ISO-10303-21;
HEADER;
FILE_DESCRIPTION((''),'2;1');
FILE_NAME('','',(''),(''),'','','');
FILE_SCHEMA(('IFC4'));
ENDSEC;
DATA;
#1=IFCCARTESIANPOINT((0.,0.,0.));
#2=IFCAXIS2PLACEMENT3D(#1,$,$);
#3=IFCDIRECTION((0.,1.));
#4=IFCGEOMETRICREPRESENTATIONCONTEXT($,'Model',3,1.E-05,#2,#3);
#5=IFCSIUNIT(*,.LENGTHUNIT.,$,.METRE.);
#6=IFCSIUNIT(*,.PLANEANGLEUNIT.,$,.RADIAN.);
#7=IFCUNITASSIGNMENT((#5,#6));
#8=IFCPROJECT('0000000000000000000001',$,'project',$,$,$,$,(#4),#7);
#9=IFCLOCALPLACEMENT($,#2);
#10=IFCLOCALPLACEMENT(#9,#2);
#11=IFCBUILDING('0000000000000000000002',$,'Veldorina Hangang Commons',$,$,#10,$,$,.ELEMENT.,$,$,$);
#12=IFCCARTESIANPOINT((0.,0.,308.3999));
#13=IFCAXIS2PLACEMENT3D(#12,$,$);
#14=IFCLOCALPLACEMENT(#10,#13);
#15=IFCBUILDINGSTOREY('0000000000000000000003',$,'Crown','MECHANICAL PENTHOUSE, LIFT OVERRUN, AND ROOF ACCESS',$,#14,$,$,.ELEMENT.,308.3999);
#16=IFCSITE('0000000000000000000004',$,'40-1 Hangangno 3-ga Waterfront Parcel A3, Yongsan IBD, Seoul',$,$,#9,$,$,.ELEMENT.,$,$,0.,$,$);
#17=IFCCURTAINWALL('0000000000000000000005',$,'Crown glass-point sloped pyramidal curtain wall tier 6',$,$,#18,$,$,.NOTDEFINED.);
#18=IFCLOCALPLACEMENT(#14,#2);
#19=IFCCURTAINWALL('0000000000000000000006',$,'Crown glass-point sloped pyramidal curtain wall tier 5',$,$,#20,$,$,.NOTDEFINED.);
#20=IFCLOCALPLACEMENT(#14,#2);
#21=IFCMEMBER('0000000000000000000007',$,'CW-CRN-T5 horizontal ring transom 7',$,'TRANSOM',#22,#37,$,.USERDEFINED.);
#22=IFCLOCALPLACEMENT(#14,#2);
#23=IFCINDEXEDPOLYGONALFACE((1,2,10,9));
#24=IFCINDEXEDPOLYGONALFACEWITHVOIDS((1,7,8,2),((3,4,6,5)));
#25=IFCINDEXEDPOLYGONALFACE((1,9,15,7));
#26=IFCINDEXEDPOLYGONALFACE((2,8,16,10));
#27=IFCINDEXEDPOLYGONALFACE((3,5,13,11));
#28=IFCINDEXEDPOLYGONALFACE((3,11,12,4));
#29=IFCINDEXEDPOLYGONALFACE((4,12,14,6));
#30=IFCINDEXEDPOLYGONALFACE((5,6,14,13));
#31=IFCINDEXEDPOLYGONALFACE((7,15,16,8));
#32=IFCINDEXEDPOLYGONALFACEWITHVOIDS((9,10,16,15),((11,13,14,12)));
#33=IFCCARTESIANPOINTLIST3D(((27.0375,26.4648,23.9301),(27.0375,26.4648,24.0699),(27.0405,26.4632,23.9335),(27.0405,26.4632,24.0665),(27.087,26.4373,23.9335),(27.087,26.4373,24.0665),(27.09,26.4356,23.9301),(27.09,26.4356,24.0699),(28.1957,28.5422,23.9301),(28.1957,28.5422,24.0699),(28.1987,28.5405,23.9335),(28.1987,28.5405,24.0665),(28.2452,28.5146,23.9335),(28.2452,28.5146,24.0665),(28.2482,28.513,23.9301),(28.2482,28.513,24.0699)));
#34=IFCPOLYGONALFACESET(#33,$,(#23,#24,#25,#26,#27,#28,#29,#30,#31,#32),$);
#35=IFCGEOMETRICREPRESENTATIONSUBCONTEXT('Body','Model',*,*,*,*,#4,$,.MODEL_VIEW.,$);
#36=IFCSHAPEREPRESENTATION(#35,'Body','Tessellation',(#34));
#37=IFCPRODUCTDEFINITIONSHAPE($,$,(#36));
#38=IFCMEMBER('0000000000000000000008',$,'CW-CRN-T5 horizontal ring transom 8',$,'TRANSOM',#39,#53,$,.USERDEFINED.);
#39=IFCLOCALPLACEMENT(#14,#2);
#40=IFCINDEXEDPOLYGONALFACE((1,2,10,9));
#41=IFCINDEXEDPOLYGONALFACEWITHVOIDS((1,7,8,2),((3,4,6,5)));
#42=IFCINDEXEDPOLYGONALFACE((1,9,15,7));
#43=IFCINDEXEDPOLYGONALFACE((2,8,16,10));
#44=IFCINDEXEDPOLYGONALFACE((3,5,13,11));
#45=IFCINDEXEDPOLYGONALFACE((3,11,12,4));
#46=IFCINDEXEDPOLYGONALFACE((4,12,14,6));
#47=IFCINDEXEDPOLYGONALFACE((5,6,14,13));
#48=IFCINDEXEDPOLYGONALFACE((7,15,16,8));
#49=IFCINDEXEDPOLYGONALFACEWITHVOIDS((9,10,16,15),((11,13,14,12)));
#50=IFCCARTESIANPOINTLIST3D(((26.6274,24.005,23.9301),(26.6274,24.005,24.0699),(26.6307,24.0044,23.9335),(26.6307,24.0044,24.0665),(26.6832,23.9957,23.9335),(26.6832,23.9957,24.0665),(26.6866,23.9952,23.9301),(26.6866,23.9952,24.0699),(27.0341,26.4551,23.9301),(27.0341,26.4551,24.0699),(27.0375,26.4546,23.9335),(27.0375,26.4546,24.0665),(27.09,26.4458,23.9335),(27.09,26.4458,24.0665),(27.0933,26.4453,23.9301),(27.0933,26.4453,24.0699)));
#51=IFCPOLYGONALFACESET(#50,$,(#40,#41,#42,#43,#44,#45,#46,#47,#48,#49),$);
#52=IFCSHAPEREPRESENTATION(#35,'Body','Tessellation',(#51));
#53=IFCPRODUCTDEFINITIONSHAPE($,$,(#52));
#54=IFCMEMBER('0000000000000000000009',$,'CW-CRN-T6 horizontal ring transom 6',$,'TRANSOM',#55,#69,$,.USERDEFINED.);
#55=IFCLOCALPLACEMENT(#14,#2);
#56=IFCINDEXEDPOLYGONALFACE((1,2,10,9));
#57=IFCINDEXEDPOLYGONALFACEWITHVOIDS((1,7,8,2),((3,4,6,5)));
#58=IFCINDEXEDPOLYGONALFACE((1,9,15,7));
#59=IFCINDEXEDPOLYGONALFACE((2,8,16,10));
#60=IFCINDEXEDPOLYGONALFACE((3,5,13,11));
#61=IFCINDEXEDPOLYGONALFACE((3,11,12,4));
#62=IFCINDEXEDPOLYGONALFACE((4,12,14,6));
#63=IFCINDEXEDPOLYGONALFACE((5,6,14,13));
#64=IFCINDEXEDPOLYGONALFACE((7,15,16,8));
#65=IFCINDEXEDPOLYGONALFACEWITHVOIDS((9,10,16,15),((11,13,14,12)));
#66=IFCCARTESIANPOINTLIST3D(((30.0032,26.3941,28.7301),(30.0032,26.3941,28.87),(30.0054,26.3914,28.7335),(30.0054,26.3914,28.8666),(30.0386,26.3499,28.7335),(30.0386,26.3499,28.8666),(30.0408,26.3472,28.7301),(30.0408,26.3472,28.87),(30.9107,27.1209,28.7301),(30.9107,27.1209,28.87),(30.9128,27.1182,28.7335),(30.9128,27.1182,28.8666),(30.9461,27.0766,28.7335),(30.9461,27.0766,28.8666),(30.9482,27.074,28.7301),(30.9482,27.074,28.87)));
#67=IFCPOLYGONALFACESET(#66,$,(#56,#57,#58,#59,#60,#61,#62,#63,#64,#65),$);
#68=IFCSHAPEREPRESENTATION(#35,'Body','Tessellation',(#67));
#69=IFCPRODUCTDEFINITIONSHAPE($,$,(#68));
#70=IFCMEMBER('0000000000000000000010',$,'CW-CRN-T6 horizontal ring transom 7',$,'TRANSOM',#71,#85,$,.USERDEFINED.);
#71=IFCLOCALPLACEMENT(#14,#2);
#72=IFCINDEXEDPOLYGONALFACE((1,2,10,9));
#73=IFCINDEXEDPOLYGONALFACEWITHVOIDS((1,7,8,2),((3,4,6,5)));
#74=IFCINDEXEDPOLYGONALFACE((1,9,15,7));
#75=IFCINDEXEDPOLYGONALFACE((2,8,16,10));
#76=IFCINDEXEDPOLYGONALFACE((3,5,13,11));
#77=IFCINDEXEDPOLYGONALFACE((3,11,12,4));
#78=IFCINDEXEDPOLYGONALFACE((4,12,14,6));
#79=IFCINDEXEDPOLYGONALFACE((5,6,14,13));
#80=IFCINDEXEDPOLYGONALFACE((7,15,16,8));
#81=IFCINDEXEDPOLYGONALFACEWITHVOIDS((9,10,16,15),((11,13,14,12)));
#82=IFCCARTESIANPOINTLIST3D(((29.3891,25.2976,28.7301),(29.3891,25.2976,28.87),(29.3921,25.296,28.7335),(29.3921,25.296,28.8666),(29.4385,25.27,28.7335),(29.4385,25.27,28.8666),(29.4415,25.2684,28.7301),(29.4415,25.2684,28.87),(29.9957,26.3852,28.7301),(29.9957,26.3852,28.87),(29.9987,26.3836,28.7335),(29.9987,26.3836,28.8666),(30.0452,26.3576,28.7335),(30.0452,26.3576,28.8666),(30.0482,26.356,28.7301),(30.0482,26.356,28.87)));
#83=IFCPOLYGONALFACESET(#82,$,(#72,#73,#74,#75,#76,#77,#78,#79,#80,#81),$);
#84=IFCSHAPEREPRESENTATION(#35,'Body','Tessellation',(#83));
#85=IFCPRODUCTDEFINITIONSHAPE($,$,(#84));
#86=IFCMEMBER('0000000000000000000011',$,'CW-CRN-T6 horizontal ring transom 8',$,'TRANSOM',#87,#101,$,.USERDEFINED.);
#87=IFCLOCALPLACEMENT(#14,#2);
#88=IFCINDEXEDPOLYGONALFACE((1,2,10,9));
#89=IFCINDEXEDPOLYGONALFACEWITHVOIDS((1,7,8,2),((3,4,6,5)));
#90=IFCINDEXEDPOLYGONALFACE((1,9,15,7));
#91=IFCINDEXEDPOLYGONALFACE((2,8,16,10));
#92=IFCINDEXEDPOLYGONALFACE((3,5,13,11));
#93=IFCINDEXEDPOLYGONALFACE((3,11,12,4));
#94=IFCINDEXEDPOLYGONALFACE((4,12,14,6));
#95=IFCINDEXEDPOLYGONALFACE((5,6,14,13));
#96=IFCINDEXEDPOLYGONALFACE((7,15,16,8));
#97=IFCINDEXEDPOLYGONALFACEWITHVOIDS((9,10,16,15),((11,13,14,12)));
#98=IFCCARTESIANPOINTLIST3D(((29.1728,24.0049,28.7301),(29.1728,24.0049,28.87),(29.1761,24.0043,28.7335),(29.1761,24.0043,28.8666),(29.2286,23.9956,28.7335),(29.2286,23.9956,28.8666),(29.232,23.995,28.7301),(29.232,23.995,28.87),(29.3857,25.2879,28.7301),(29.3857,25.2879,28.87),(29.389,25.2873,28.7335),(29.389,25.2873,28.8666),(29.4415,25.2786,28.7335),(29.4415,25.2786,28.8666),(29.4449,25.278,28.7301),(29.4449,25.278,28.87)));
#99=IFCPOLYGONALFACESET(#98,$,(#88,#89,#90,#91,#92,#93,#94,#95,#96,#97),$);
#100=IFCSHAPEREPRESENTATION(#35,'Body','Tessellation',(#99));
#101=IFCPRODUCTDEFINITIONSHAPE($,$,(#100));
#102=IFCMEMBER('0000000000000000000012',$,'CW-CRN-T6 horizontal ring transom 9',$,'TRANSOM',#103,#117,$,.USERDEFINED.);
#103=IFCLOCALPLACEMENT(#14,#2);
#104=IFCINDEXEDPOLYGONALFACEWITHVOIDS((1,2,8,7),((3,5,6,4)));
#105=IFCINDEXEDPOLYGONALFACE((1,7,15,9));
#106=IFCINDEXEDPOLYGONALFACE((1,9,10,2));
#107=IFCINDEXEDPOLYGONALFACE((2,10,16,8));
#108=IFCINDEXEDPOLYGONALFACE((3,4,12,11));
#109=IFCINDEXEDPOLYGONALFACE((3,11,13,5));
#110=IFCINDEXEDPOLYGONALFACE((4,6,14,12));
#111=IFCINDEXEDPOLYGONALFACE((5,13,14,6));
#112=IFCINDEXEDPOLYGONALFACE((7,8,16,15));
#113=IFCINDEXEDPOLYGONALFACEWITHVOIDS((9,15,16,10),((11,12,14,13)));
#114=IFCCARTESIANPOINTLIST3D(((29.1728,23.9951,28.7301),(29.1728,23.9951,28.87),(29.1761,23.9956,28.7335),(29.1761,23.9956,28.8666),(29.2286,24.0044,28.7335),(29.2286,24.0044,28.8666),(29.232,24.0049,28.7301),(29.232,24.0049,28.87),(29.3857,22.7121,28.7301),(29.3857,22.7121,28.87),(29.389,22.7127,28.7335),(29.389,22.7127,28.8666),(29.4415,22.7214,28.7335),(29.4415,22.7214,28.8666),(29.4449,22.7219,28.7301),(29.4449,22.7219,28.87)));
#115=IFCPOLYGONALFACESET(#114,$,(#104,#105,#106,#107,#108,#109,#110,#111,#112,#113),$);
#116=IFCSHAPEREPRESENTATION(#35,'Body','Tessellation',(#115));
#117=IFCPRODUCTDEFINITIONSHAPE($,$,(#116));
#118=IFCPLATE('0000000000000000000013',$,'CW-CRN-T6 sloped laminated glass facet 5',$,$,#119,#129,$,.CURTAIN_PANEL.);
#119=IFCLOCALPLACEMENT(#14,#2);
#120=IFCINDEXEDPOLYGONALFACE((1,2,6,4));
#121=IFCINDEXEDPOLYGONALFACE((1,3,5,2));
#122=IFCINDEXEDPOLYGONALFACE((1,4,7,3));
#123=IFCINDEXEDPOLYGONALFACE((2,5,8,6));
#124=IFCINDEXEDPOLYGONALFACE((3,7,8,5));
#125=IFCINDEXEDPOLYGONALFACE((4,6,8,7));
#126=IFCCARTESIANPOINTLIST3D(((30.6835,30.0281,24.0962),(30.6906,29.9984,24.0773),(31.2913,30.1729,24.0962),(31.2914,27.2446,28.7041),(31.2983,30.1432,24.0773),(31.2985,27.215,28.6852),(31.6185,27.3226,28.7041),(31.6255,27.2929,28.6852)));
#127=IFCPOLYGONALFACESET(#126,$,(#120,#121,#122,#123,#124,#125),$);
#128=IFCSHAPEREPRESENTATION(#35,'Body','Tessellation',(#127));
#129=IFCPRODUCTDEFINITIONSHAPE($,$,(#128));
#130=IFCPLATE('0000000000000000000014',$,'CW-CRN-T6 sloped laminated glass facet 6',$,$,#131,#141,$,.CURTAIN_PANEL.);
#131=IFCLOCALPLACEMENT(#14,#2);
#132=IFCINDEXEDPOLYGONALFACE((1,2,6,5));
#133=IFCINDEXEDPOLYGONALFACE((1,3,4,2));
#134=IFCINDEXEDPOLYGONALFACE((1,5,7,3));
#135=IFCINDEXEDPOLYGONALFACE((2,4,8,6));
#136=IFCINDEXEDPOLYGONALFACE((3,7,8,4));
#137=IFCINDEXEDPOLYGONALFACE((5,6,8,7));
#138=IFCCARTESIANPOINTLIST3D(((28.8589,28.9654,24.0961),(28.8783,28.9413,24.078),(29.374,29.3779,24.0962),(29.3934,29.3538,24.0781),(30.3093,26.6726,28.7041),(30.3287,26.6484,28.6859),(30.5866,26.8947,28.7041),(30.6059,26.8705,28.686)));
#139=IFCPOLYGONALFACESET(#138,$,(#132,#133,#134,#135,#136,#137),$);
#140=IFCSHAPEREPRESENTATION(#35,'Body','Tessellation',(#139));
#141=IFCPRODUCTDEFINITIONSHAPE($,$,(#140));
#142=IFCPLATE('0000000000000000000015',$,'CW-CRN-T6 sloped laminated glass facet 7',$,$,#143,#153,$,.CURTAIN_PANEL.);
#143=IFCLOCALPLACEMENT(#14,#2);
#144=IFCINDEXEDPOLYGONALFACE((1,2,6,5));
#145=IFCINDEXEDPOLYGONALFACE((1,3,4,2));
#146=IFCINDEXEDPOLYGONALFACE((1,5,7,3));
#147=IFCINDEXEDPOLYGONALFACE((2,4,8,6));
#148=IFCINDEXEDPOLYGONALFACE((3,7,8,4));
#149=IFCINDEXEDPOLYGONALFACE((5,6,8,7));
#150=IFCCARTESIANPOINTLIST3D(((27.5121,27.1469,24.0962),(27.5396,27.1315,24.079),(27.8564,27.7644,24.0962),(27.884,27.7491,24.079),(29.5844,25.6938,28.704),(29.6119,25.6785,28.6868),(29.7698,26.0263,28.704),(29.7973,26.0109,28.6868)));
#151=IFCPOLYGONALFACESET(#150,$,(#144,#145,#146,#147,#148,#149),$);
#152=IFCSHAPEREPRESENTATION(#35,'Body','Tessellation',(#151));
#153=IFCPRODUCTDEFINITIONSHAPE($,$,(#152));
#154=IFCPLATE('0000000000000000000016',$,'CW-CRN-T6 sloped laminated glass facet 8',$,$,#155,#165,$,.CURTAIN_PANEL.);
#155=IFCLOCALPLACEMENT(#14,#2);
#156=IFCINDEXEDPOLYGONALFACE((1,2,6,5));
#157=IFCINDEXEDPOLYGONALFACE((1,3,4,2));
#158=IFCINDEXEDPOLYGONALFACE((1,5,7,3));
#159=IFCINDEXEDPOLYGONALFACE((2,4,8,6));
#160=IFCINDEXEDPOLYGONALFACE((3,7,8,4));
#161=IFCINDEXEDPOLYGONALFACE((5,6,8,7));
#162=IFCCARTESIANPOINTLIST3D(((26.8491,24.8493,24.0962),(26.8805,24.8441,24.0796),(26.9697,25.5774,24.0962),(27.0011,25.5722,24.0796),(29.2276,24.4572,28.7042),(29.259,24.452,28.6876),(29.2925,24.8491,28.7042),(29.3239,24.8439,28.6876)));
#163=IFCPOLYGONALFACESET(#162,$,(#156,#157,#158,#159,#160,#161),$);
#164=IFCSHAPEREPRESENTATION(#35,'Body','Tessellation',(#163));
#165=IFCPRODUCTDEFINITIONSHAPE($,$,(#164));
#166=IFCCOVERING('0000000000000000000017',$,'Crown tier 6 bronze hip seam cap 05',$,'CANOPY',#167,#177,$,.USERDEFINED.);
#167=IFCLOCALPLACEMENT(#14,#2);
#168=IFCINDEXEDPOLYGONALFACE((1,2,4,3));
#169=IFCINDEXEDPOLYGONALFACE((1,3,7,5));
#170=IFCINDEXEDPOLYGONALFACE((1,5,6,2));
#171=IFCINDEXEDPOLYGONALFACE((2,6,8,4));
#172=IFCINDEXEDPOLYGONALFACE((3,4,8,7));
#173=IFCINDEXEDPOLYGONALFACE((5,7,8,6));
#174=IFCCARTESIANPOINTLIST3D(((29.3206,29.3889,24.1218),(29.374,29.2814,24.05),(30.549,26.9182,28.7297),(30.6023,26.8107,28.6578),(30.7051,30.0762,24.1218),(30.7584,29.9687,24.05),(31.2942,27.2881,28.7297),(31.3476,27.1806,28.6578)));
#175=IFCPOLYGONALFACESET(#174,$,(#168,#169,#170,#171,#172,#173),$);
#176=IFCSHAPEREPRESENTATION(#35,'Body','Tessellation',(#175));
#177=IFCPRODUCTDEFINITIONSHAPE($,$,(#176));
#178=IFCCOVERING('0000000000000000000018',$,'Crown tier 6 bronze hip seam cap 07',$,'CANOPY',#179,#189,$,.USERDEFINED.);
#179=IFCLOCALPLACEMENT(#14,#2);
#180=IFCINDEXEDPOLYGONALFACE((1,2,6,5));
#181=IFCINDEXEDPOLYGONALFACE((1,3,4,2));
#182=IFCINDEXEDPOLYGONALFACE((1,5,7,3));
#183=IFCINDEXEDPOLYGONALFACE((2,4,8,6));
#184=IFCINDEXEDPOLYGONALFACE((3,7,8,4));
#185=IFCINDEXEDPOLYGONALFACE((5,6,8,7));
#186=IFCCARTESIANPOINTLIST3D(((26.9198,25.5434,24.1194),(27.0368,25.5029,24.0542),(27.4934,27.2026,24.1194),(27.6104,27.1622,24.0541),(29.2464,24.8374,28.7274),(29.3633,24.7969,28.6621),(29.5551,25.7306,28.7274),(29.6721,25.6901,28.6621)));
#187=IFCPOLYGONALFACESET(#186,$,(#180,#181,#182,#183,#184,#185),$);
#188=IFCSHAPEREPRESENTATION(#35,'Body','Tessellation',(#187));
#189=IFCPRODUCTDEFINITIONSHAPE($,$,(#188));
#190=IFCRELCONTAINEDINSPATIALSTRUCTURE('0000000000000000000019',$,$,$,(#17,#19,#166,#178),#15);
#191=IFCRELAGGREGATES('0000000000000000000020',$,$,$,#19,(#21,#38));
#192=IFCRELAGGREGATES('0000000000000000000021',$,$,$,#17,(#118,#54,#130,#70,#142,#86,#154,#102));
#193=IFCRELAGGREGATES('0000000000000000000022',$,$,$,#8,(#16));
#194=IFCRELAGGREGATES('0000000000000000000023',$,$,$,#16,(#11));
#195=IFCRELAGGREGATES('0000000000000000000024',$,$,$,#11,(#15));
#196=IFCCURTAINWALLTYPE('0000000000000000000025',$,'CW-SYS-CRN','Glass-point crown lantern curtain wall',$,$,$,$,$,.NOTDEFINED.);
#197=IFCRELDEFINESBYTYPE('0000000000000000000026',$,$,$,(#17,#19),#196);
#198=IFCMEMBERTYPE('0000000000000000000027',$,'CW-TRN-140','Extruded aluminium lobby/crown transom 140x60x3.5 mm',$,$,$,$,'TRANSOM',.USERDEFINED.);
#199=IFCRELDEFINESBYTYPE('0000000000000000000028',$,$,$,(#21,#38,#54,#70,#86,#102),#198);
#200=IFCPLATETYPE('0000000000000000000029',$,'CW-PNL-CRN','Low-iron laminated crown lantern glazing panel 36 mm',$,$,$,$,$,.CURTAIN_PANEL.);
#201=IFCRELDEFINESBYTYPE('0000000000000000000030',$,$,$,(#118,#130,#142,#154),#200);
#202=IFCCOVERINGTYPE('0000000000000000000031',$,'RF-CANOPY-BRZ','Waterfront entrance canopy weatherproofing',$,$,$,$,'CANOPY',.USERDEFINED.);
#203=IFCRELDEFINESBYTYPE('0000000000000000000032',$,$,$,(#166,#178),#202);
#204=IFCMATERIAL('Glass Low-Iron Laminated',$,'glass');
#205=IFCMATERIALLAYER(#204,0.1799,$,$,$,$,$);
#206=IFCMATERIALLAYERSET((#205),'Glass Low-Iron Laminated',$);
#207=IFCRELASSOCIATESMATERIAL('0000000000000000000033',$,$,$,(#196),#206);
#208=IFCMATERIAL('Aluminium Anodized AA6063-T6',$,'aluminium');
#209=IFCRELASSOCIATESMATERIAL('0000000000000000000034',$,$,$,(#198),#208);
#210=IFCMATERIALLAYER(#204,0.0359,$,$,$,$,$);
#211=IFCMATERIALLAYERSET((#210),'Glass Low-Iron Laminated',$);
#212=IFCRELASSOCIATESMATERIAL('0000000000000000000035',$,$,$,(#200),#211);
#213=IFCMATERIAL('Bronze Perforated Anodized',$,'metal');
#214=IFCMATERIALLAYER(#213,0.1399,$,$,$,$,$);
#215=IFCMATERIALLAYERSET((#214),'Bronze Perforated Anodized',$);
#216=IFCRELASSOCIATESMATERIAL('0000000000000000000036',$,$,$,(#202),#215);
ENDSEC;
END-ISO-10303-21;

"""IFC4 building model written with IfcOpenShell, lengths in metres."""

from ifc_helpers import new_model, si_unit, direction, frame, origin, origin_2d, place, context, subcontext, project, spatial, polyline, hollow_rectangle, outline, extrude, material, layer, layer_set, material_profile, profile_set, type_object, element, aggregate, save


model = new_model("IFC4")

# Units and contexts
model_context = context("Model", 3, precision=1e-05, world=origin(), true_north=direction((0.0, 1.0)))
body_context = subcontext(model_context, "Body", "Model", "MODEL_VIEW")
ifc_project = project(units=[si_unit("LENGTHUNIT", "METRE"), si_unit("PLANEANGLEUNIT", "RADIAN")], contexts=[model_context])

# Site, building, storey
site_placement = place(None, origin())
site = spatial("IfcSite", under=ifc_project, at=site_placement, Name="40-1 Hangangno 3-ga Waterfront Parcel A3, Yongsan IBD, Seoul", CompositionType="ELEMENT", RefElevation=0.0)
building_placement = place(site_placement, origin())
building = spatial("IfcBuilding", under=site, at=building_placement, Name="Veldorina Hangang Commons", CompositionType="ELEMENT")
storey_placement = place(building_placement, frame((0.0, 0.0, 308.3999)))
storey = spatial("IfcBuildingStorey", under=building, at=storey_placement, Name="Crown", Description="MECHANICAL PENTHOUSE, LIFT OVERRUN, AND ROOF ACCESS", CompositionType="ELEMENT", Elevation=308.3999)

# Curtain walls, members
ifc_material_1 = material(Name="Glass Low-Iron Laminated", Category="glass")
ifc_layer_1 = layer(ifc_material_1, 0.1799)
ifc_layer_set_1 = layer_set([ifc_layer_1], Name="Glass Low-Iron Laminated")
curtain_wall_type = type_object("IfcCurtainWallType", Name="CW-SYS-CRN", Description="Glass-point crown lantern curtain wall", PredefinedType="NOTDEFINED", material=ifc_layer_set_1)
curtain_wall_1_placement = place(storey_placement, origin())
curtain_wall_1 = element("IfcCurtainWall", 1, at=curtain_wall_1_placement, inside=storey, type_object=curtain_wall_type, Name="Crown glass-point sloped pyramidal curtain wall tier 6", PredefinedType="NOTDEFINED")
ifc_material_2 = material(Name="Aluminium Anodized AA6063-T6", Category="aluminium")
curtain_wall_2_placement = place(storey_placement, origin())
curtain_wall_2 = element("IfcCurtainWall", 2, at=curtain_wall_2_placement, inside=storey, type_object=curtain_wall_type, Name="Crown glass-point sloped pyramidal curtain wall tier 5", PredefinedType="NOTDEFINED")
ifc_material_profile_1 = material_profile(ifc_material_2, hollow_rectangle(XDim=0.0601, YDim=0.1399, WallThickness=0.0034, at=origin_2d()), Name="ALU-RHS-140x60x3.5")
ifc_profile_set_1 = profile_set([ifc_material_profile_1], Name="Aluminium Anodized AA6063-T6")
member_type_1 = type_object("IfcMemberType", Name="CW-TRN-140", Description="Extruded aluminium lobby/crown transom 140x60x3.5 mm", ElementType="TRANSOM", PredefinedType="USERDEFINED", material=ifc_profile_set_1)
member_1_placement = place(storey_placement, frame((28.2219, 28.5276, 24.0), z_axis=(-0.486958, -0.873425, 0.0), x_axis=(0.873425, -0.486958, 0.0)))
member_1 = element("IfcMember", 3, at=member_1_placement, type_object=member_type_1, Name="CW-CRN-T5 horizontal ring transom 7", ObjectType="TRANSOM", PredefinedType="USERDEFINED", context=body_context, shape_type="SweptSolid", body=[
    extrude(hollow_rectangle(XDim=0.0601, YDim=0.1399, WallThickness=0.0034, at=origin_2d()), origin(), (0.0, 0.0, 1.0), 2.3784),
])
member_2_placement = place(storey_placement, frame((27.0637, 26.4502, 24.0), z_axis=(-0.163761, -0.9865, 0.0), x_axis=(0.9865, -0.163761, 0.0)))
member_2 = element("IfcMember", 4, at=member_2_placement, type_object=member_type_1, Name="CW-CRN-T5 horizontal ring transom 8", ObjectType="TRANSOM", PredefinedType="USERDEFINED", context=body_context, shape_type="SweptSolid", body=[
    extrude(hollow_rectangle(XDim=0.0601, YDim=0.1399, WallThickness=0.0034, at=origin_2d()), origin(), (0.0, 0.0, 1.0), 2.4836),
])
aggregate(curtain_wall_2, [member_1, member_2])

# Members
member_3_placement = place(storey_placement, frame((30.9294, 27.0974, 28.8), z_axis=(-0.78052, -0.62513, 0.0), x_axis=(0.62513, -0.78052, 0.0)))
member_3 = element("IfcMember", 5, at=member_3_placement, type_object=member_type_1, Name="CW-CRN-T6 horizontal ring transom 6", ObjectType="TRANSOM", PredefinedType="USERDEFINED", context=body_context, shape_type="SweptSolid", body=[
    extrude(hollow_rectangle(XDim=0.0601, YDim=0.1399, WallThickness=0.0034, at=origin_2d()), origin(), (0.0, 0.0, 1.0), 1.1626),
])
member_4_placement = place(storey_placement, frame((30.022, 26.3706, 28.8), z_axis=(-0.48714, -0.873324, 0.0), x_axis=(0.873324, -0.48714, 0.0)))
member_4 = element("IfcMember", 6, at=member_4_placement, type_object=member_type_1, Name="CW-CRN-T6 horizontal ring transom 7", ObjectType="TRANSOM", PredefinedType="USERDEFINED", context=body_context, shape_type="SweptSolid", body=[
    extrude(hollow_rectangle(XDim=0.0601, YDim=0.1399, WallThickness=0.0034, at=origin_2d()), origin(), (0.0, 0.0, 1.0), 1.2454),
])
member_5_placement = place(storey_placement, frame((29.4153, 25.283, 28.8), z_axis=(-0.163699, -0.98651, 0.0), x_axis=(0.98651, -0.163699, 0.0)))
member_5 = element("IfcMember", 7, at=member_5_placement, type_object=member_type_1, Name="CW-CRN-T6 horizontal ring transom 8", ObjectType="TRANSOM", PredefinedType="USERDEFINED", context=body_context, shape_type="SweptSolid", body=[
    extrude(hollow_rectangle(XDim=0.0601, YDim=0.1399, WallThickness=0.0034, at=origin_2d()), origin(), (0.0, 0.0, 1.0), 1.3005),
])
member_6_placement = place(storey_placement, frame((29.2024, 24.0, 28.8), z_axis=(0.163699, -0.98651, 0.0), x_axis=(0.98651, 0.163699, 0.0)))
member_6 = element("IfcMember", 8, at=member_6_placement, type_object=member_type_1, Name="CW-CRN-T6 horizontal ring transom 9", ObjectType="TRANSOM", PredefinedType="USERDEFINED", context=body_context, shape_type="SweptSolid", body=[
    extrude(hollow_rectangle(XDim=0.0601, YDim=0.1399, WallThickness=0.0034, at=origin_2d()), origin(), (0.0, 0.0, 1.0), 1.3005),
])

# Plates
ifc_layer_2 = layer(ifc_material_1, 0.0359)
ifc_layer_set_2 = layer_set([ifc_layer_2], Name="Glass Low-Iron Laminated")
plate_type = type_object("IfcPlateType", Name="CW-PNL-CRN", Description="Low-iron laminated crown lantern glazing panel 36 mm", PredefinedType="CURTAIN_PANEL", material=ifc_layer_set_2)
plate_1_placement = place(storey_placement, frame((31.2913, 30.1729, 24.0962), z_axis=(-0.197132, 0.827434, 0.525826), x_axis=(-0.972773, -0.231759, 0.000002)))
plate_1 = element("IfcPlate", 9, at=plate_1_placement, type_object=plate_type, Name="CW-CRN-T6 sloped laminated glass facet 5", PredefinedType="CURTAIN_PANEL", context=body_context, shape_type="SweptSolid", body=[
    extrude(outline(polyline([(0.0, 0.0), (0.6248, 0.0), (0.6785, 5.4172), (0.3423, 5.4172), (0.0, 0.0)])), origin(), (0.0, 0.0, -1.0), 0.0359),
])
plate_2_placement = place(storey_placement, frame((29.374, 29.3779, 24.0962), z_axis=(-0.539555, 0.673666, 0.505029), x_axis=(-0.78056, -0.62508, -0.00012)))
plate_2 = element("IfcPlate", 10, at=plate_2_placement, type_object=plate_type, Name="CW-CRN-T6 sloped laminated glass facet 6", PredefinedType="CURTAIN_PANEL", context=body_context, shape_type="SweptSolid", body=[
    extrude(outline(polyline([(0.0, 0.0), (0.6599, 0.0), (0.9604, 5.3389), (0.6052, 5.3389), (0.0, 0.0)])), origin(), (0.0, 0.0, -1.0), 0.0359),
])
plate_3_placement = place(storey_placement, frame((27.8564, 27.7644, 24.0962), z_axis=(-0.766463, 0.427367, 0.47947), x_axis=(-0.486988, -0.873409, 0.000016)))
plate_3 = element("IfcPlate", 11, at=plate_3_placement, type_object=plate_type, Name="CW-CRN-T6 sloped laminated glass facet 7", PredefinedType="CURTAIN_PANEL", context=body_context, shape_type="SweptSolid", body=[
    extrude(outline(polyline([(0.0, 0.0), (0.707, 0.0), (0.967, 5.2507), (0.5864, 5.2507), (0.0, 0.0)])), origin(), (0.0, 0.0, -1.0), 0.0359),
])
plate_4_placement = place(storey_placement, frame((26.9697, 25.5774, 24.0962), z_axis=(-0.874161, 0.144836, 0.463535), x_axis=(-0.163452, -0.986551, 0.00001)))
plate_4 = element("IfcPlate", 12, at=plate_4_placement, type_object=plate_type, Name="CW-CRN-T6 sloped laminated glass facet 8", PredefinedType="CURTAIN_PANEL", context=body_context, shape_type="SweptSolid", body=[
    extrude(outline(polyline([(0.0, 0.0), (0.738, 0.0), (0.7361, 5.2004), (0.3389, 5.2004), (0.0, 0.0)])), origin(), (0.0, 0.0, -1.0), 0.0359),
])
aggregate(curtain_wall_1, [plate_1, member_3, plate_2, member_4, plate_3, member_5, plate_4, member_6])

# Coverings
ifc_material_3 = material(Name="Bronze Perforated Anodized", Category="metal")
ifc_layer_3 = layer(ifc_material_3, 0.1399)
ifc_layer_set_3 = layer_set([ifc_layer_3], Name="Bronze Perforated Anodized")
covering_type = type_object("IfcCoveringType", Name="RF-CANOPY-BRZ", Description="Waterfront entrance canopy weatherproofing", ElementType="CANOPY", PredefinedType="USERDEFINED", material=ifc_layer_set_3)
covering_1_placement = place(storey_placement, frame((30.7051, 30.0762, 24.1218), z_axis=(-0.381462, 0.768474, 0.513746), x_axis=(-0.895718, -0.444623, -0.000001)))
element("IfcCovering", 13, at=covering_1_placement, inside=storey, type_object=covering_type, Name="Crown tier 6 bronze hip seam cap 05", ObjectType="CANOPY", PredefinedType="USERDEFINED", context=body_context, shape_type="SweptSolid", body=[
    extrude(outline(polyline([(0.0, 0.0), (1.5457, 0.0), (1.5439, 5.3708), (0.7119, 5.3708), (0.0, 0.0)])), origin(), (0.0, 0.0, -1.0), 0.1399),
])
covering_2_placement = place(storey_placement, frame((27.4934, 27.2026, 24.1194), z_axis=(-0.836029, 0.289019, 0.466393), x_axis=(-0.326721, -0.945121, 0.000022)))
element("IfcCovering", 14, at=covering_2_placement, inside=storey, type_object=covering_type, Name="Crown tier 6 bronze hip seam cap 07", ObjectType="CANOPY", PredefinedType="USERDEFINED", context=body_context, shape_type="SweptSolid", body=[
    extrude(outline(polyline([(0.0, 0.0), (1.7556, 0.0), (1.6628, 5.2092), (0.7178, 5.2092), (0.0, 0.0)])), origin(), (0.0, 0.0, -1.0), 0.1399),
])

save(model, "model.ifc")
